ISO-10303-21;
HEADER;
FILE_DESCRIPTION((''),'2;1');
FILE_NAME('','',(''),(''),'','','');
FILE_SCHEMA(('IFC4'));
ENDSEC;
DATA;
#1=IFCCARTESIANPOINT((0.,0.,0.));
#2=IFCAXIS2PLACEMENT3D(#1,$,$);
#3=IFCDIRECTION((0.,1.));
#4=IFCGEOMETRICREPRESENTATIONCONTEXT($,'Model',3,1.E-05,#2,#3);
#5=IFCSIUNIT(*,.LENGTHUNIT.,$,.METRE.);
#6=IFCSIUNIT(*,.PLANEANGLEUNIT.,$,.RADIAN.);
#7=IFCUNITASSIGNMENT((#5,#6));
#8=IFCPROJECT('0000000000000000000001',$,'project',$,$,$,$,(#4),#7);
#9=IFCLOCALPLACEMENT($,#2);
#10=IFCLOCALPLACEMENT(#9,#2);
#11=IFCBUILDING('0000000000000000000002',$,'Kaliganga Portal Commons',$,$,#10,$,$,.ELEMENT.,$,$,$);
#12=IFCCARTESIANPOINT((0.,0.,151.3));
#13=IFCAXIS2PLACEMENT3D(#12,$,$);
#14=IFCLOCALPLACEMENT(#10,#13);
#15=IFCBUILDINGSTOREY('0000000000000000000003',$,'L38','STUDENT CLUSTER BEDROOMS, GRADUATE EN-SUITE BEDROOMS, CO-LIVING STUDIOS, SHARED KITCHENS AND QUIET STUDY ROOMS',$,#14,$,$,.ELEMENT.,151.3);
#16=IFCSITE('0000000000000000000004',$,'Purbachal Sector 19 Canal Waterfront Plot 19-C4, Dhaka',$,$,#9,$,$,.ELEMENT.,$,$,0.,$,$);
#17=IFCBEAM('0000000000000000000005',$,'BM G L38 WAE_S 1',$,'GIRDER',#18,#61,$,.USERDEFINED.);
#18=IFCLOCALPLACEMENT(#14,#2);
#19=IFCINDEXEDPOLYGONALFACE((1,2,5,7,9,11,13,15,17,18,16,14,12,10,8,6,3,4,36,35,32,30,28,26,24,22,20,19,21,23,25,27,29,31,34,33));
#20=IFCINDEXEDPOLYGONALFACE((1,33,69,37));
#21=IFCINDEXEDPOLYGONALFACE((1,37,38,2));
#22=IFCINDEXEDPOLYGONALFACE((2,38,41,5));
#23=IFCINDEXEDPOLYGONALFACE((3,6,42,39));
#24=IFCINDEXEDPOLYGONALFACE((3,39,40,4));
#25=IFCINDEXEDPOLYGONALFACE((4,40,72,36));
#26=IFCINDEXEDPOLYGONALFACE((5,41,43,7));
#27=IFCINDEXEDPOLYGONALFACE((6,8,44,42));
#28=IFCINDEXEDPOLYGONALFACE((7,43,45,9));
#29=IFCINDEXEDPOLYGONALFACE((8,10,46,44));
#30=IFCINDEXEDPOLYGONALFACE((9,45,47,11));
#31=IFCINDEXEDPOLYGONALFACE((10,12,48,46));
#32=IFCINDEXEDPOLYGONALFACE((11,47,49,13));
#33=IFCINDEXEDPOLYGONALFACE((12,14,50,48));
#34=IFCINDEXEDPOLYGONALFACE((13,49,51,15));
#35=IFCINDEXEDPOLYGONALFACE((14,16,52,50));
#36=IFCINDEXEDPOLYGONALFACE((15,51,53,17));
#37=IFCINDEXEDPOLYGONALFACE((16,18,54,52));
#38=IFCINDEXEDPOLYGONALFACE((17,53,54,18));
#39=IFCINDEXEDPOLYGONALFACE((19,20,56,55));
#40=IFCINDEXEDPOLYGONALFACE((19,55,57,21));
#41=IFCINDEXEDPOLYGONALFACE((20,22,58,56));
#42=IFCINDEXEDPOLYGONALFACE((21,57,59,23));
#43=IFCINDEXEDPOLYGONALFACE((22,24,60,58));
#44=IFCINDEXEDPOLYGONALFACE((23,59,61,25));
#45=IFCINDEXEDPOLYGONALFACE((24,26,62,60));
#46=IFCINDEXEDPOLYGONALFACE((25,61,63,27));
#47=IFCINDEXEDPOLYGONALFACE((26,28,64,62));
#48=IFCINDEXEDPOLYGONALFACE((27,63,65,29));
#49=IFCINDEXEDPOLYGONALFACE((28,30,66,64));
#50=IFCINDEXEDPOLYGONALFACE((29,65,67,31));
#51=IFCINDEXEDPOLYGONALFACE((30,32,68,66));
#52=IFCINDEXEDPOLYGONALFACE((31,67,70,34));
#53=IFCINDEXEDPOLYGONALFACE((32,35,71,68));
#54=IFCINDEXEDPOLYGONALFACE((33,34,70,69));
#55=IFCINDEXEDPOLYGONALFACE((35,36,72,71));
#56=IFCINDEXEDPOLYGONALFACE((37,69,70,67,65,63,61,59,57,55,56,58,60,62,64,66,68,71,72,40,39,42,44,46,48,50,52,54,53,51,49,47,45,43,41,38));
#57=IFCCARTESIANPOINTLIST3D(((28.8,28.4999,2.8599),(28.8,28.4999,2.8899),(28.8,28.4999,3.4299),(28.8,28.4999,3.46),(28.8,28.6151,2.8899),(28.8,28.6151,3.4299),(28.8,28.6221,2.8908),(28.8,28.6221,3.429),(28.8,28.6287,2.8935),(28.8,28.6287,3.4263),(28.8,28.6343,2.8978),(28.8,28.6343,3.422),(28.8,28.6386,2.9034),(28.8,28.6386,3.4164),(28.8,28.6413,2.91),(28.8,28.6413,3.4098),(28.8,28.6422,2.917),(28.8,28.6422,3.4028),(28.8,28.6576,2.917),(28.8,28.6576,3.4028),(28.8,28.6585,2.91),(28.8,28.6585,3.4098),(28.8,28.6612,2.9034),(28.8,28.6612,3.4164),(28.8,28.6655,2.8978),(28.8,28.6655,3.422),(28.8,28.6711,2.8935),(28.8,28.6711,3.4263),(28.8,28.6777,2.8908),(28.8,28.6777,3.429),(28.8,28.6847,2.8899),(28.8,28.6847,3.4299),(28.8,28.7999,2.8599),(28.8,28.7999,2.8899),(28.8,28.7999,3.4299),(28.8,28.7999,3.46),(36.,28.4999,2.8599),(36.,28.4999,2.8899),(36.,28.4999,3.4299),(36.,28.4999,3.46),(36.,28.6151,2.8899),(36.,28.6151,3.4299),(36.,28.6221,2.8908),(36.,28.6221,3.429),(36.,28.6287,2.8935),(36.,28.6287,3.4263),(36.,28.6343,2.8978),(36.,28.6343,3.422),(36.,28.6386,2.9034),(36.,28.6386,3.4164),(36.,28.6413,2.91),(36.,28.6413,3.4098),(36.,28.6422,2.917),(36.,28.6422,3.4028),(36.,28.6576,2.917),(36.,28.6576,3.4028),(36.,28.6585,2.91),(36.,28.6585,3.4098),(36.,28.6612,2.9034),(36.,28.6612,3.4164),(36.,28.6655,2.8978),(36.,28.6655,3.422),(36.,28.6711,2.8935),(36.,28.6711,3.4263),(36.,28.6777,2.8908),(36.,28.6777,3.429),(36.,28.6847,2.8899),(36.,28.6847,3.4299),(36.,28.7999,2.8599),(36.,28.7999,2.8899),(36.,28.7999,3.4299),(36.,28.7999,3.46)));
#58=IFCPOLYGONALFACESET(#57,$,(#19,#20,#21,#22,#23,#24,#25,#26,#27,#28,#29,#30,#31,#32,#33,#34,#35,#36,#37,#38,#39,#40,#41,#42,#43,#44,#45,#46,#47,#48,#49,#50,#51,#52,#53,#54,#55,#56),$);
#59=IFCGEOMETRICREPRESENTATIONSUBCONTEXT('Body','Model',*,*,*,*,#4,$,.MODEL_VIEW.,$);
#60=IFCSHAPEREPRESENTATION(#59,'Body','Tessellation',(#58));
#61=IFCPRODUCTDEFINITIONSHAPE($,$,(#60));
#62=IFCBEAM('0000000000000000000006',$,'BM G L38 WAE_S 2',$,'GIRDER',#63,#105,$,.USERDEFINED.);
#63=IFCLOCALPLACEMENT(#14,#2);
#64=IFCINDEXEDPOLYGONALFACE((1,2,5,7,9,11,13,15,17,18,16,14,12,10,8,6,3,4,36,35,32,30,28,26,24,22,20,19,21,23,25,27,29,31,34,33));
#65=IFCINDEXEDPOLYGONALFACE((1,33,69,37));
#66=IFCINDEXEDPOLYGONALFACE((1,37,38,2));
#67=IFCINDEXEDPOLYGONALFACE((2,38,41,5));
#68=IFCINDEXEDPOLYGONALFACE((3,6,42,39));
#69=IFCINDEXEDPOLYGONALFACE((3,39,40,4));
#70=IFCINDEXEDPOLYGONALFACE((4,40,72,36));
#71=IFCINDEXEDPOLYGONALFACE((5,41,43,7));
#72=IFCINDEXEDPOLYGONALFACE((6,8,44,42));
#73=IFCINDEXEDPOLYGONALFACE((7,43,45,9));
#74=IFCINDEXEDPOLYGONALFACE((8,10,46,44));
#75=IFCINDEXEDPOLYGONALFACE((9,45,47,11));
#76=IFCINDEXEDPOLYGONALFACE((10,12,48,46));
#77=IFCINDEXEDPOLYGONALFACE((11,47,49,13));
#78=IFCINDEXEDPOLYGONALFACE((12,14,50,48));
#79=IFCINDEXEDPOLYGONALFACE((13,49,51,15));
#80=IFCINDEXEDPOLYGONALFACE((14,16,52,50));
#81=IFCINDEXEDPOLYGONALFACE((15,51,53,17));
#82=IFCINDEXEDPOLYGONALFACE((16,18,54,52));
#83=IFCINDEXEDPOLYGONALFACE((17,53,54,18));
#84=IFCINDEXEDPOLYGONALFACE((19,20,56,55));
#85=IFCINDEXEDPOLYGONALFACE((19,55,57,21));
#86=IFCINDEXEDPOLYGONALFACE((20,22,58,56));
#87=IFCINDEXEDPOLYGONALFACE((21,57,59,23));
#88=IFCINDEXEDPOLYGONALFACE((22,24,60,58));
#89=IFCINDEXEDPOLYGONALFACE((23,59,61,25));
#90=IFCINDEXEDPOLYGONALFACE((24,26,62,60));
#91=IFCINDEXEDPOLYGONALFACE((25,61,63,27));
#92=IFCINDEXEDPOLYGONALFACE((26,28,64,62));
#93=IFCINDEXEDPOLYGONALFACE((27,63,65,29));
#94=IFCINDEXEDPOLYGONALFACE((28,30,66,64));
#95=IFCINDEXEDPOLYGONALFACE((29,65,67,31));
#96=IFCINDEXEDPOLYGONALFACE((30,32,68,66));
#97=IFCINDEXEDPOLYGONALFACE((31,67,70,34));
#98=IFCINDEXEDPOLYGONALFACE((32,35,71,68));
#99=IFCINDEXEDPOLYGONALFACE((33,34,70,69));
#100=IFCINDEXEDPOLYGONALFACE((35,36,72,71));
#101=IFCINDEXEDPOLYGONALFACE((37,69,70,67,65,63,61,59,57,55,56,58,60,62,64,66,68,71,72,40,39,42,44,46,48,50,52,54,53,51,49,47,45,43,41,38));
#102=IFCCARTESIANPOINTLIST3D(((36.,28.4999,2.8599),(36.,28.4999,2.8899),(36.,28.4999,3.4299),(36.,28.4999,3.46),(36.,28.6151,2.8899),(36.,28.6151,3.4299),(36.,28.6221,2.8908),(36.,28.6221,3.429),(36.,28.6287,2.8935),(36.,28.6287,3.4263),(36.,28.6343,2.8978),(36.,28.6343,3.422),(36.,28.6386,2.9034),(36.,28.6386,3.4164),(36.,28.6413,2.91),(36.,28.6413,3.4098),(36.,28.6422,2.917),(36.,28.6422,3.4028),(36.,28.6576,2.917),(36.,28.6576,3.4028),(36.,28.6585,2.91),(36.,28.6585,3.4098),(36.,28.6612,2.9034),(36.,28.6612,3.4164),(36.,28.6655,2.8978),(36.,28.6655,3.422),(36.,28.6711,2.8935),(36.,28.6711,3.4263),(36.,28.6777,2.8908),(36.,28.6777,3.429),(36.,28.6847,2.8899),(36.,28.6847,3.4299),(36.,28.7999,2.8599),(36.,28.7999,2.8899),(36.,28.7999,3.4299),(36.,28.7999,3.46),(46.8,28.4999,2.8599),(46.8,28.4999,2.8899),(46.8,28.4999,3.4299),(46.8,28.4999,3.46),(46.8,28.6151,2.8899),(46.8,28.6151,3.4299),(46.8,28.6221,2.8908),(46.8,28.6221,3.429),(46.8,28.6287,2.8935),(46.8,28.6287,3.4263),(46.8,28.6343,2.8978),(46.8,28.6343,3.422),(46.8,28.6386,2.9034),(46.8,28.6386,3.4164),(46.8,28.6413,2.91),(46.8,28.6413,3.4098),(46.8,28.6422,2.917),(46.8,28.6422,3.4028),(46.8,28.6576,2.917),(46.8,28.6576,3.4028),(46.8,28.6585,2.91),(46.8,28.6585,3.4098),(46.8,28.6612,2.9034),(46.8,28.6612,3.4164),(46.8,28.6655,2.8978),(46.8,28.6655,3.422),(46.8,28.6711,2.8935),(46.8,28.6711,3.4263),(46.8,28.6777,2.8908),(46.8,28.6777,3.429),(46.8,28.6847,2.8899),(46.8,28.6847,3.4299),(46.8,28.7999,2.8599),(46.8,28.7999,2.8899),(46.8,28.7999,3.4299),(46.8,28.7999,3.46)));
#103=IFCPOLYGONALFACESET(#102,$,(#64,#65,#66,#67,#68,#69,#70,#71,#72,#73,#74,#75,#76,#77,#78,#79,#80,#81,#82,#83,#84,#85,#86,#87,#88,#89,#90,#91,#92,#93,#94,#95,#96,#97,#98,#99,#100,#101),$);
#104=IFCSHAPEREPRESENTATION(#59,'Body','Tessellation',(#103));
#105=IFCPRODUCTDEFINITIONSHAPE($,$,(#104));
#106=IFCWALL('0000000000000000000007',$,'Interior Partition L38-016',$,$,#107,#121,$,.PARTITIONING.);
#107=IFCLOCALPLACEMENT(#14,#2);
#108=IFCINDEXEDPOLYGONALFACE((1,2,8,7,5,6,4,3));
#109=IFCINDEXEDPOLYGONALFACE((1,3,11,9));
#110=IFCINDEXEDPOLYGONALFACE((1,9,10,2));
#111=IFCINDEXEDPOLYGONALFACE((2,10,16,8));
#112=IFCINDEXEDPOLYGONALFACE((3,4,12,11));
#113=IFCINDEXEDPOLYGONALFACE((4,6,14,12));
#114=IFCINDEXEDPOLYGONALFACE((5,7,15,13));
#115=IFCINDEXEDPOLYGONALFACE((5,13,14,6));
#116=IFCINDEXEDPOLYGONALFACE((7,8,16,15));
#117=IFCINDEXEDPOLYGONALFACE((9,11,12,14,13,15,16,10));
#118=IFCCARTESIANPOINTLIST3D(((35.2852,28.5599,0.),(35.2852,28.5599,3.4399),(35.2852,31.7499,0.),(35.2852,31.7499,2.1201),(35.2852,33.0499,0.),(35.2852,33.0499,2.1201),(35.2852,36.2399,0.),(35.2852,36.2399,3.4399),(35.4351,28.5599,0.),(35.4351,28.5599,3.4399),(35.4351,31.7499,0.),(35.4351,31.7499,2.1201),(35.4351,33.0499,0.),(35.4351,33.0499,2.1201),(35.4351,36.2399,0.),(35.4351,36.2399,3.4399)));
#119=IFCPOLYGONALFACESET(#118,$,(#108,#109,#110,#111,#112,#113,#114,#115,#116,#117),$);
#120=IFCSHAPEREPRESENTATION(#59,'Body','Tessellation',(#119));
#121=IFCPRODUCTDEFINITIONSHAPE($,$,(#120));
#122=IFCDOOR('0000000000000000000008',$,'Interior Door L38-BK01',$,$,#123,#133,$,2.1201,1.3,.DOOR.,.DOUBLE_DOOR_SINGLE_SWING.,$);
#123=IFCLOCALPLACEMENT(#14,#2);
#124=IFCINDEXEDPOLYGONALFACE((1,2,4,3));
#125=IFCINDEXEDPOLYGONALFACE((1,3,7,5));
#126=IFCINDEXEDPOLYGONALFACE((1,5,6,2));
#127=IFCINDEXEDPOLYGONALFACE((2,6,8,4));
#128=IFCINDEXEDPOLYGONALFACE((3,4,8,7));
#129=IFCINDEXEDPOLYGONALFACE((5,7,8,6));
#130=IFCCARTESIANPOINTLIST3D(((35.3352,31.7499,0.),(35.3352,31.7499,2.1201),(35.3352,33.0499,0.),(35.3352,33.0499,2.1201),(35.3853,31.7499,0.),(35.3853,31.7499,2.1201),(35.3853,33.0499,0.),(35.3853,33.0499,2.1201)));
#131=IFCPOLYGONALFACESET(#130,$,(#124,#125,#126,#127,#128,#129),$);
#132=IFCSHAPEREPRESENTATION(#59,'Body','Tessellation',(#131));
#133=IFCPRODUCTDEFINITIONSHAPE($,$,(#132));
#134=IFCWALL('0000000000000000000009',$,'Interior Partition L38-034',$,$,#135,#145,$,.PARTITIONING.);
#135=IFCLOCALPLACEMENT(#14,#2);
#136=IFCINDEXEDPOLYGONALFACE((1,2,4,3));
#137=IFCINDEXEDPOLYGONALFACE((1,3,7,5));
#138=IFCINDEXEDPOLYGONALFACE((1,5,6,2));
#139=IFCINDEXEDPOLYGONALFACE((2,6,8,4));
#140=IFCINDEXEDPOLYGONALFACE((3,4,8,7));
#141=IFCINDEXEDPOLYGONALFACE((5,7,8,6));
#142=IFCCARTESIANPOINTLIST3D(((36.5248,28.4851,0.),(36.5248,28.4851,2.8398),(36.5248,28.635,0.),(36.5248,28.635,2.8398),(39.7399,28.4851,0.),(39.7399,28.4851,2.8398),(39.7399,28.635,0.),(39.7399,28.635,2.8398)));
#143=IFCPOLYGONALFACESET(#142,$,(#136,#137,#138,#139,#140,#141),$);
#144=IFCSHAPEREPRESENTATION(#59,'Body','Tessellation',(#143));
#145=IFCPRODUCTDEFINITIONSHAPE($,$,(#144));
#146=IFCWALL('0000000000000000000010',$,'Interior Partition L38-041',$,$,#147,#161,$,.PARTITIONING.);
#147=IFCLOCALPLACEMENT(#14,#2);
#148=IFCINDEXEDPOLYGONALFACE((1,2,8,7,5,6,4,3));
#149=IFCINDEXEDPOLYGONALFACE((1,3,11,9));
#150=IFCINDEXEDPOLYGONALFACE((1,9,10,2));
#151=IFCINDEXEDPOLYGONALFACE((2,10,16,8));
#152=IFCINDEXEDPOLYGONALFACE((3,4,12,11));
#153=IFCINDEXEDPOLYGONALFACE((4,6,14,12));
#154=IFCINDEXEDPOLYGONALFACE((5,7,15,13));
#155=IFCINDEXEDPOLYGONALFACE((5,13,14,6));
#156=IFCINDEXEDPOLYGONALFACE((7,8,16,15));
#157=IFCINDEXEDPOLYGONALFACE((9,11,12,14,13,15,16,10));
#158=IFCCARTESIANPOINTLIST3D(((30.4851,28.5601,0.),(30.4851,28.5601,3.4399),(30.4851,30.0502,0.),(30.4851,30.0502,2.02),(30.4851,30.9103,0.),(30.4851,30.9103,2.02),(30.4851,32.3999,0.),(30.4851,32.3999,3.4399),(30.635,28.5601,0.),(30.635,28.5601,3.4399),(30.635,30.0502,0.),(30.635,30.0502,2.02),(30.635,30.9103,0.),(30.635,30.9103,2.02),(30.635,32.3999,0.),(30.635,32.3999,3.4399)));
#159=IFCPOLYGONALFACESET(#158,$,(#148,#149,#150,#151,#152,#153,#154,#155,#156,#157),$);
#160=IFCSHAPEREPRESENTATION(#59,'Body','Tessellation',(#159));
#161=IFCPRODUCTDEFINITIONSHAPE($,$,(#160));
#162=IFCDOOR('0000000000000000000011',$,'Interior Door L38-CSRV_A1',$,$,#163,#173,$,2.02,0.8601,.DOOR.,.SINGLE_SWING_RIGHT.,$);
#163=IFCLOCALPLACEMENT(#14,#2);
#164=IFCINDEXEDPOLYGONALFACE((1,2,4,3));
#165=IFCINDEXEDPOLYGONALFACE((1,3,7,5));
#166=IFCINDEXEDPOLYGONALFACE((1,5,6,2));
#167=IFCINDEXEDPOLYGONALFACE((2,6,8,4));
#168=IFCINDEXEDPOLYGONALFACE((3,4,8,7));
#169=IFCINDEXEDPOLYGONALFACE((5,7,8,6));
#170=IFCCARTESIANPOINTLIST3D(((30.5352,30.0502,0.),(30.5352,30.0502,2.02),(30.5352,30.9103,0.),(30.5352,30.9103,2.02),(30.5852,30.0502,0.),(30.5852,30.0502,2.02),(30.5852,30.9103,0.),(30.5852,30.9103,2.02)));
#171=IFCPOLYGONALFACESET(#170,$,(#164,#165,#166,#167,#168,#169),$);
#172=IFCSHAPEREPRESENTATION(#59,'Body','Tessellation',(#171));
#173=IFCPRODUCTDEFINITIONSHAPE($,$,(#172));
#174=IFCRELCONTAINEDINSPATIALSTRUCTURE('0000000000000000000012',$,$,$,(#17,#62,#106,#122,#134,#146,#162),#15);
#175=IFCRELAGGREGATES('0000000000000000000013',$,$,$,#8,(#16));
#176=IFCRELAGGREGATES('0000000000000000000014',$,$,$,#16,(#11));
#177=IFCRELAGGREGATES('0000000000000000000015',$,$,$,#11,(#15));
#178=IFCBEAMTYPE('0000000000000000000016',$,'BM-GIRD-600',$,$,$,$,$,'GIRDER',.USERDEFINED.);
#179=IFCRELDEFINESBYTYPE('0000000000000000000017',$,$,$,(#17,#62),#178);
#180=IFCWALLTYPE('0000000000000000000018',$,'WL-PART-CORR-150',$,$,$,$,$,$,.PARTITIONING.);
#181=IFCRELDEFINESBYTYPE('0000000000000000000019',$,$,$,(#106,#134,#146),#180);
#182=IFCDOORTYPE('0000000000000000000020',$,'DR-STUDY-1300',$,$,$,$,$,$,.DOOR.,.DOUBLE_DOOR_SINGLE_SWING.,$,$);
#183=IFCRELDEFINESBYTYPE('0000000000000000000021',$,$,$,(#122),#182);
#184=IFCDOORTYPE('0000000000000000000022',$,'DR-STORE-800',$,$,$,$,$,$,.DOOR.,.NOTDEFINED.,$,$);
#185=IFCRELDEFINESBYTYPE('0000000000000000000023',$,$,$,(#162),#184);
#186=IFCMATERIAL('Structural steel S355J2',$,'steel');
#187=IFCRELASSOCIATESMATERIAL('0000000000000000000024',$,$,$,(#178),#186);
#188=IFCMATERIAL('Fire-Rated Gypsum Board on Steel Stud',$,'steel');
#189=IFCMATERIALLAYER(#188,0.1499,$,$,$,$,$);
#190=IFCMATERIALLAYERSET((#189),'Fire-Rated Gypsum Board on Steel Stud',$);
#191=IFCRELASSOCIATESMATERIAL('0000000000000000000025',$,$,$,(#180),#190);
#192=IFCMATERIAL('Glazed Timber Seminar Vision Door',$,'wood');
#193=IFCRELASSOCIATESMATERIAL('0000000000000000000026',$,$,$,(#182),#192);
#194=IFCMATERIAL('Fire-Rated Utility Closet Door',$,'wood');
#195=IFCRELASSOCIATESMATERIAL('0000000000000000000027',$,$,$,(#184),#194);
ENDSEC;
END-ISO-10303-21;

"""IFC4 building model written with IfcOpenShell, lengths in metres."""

from ifc_helpers import new_model, si_unit, direction, frame, frame_2d, origin, origin_2d, place, context, subcontext, project, spatial, rectangle, i_section, extrude, source, transform, mapped, material, layer, layer_set, material_profile, profile_set, type_object, element, fill, save


model = new_model("IFC4")

# Units and contexts
model_context = context("Model", 3, precision=1e-05, world=origin(), true_north=direction((0.0, 1.0)))
body_context = subcontext(model_context, "Body", "Model", "MODEL_VIEW")
ifc_project = project(units=[si_unit("LENGTHUNIT", "METRE"), si_unit("PLANEANGLEUNIT", "RADIAN")], contexts=[model_context])

# Site, building, storey
site_placement = place(None, origin())
site = spatial("IfcSite", under=ifc_project, at=site_placement, Name="Purbachal Sector 19 Canal Waterfront Plot 19-C4, Dhaka", CompositionType="ELEMENT", RefElevation=0.0)
building_placement = place(site_placement, origin())
building = spatial("IfcBuilding", under=site, at=building_placement, Name="Kaliganga Portal Commons", CompositionType="ELEMENT")
storey_placement = place(building_placement, frame((0.0, 0.0, 151.3)))
storey = spatial("IfcBuildingStorey", under=building, at=storey_placement, Name="L38", Description="STUDENT CLUSTER BEDROOMS, GRADUATE EN-SUITE BEDROOMS, CO-LIVING STUDIOS, SHARED KITCHENS AND QUIET STUDY ROOMS", CompositionType="ELEMENT", Elevation=151.3)

# Beams
ifc_material_1 = material(Name="Structural steel S355J2", Category="steel")
ifc_material_profile_1 = material_profile(ifc_material_1, i_section(OverallWidth=0.3, OverallDepth=0.6001, WebThickness=0.0154, FlangeThickness=0.03, FilletRadius=0.0271, at=origin_2d()), Name="HE 600 B")
ifc_profile_set_1 = profile_set([ifc_material_profile_1], Name="Structural steel S355J2 wide-flange")
beam_type_1 = type_object("IfcBeamType", Name="BM-GIRD-600", ElementType="GIRDER", PredefinedType="USERDEFINED", material=ifc_profile_set_1)
shared_shape_1 = source(origin(), body_context, "Body", "SweptSolid", [
    extrude(i_section(OverallWidth=0.3, OverallDepth=0.6001, WebThickness=0.0154, FlangeThickness=0.03, FilletRadius=0.0271, at=origin_2d()), origin(), (0.0, 0.0, 1.0), 7.2),
])
beam_1_placement = place(storey_placement, frame((28.8, 28.6499, 3.1599), z_axis=(1.0, 0.0, 0.0), x_axis=(0.0, 1.0, 0.0)))
element("IfcBeam", 1, at=beam_1_placement, inside=storey, type_object=beam_type_1, Name="BM G L38 WAE_S 1", ObjectType="GIRDER", PredefinedType="USERDEFINED", context=body_context, shape_type="MappedRepresentation", body=[
    mapped(shared_shape_1, transform((0.0, 0.0, 0.0), x_axis=(1.0, 0.0, 0.0), y_axis=(0.0, 1.0, 0.0), z_axis=(0.0, 0.0, 1.0), scale=1.0)),
])
shared_shape_2 = source(origin(), body_context, "Body", "SweptSolid", [
    extrude(i_section(OverallWidth=0.3, OverallDepth=0.6001, WebThickness=0.0154, FlangeThickness=0.03, FilletRadius=0.0271, at=origin_2d()), origin(), (0.0, 0.0, 1.0), 10.8),
])
beam_2_placement = place(storey_placement, frame((36.0, 28.6499, 3.1599), z_axis=(1.0, 0.0, 0.0), x_axis=(0.0, 1.0, 0.0)))
element("IfcBeam", 2, at=beam_2_placement, inside=storey, type_object=beam_type_1, Name="BM G L38 WAE_S 2", ObjectType="GIRDER", PredefinedType="USERDEFINED", context=body_context, shape_type="MappedRepresentation", body=[
    mapped(shared_shape_2, transform((0.0, 0.0, 0.0), x_axis=(1.0, 0.0, 0.0), y_axis=(0.0, 1.0, 0.0), z_axis=(0.0, 0.0, 1.0), scale=1.0)),
])

# Wall, opening, door
ifc_material_2 = material(Name="Fire-Rated Gypsum Board on Steel Stud", Category="steel")
ifc_layer_1 = layer(ifc_material_2, 0.1499)
ifc_layer_set_1 = layer_set([ifc_layer_1], Name="Fire-Rated Gypsum Board on Steel Stud")
wall_type_1 = type_object("IfcWallType", Name="WL-PART-CORR-150", PredefinedType="PARTITIONING", material=ifc_layer_set_1)
wall_1_placement = place(storey_placement, frame((35.3601, 28.5601, 0.0), z_axis=(0.0, 0.0, 1.0), x_axis=(0.0, 1.0, 0.0)))
wall_1 = element("IfcWall", 3, at=wall_1_placement, inside=storey, type_object=wall_type_1, Name="Interior Partition L38-016", PredefinedType="PARTITIONING", context=body_context, shape_type="SweptSolid", body=[
    extrude(rectangle(XDim=7.6799, YDim=0.1499, at=frame_2d((3.8398, 0.0))), origin(), (0.0, 0.0, 1.0), 3.4399),
])
opening_1_placement = place(wall_1_placement, frame((3.1899, 0.0, 0.0)))
opening_1 = element("IfcOpeningElement", 4, at=opening_1_placement, cuts=wall_1, PredefinedType="OPENING", context=body_context, shape_type="SweptSolid", body=[
    extrude(rectangle(XDim=1.3, YDim=2.1201, at=frame_2d((0.6499, 1.0601))), frame((0.0, 0.085, 0.0), z_axis=(0.0, -1.0, 0.0), x_axis=(1.0, 0.0, 0.0)), (0.0, 0.0, 1.0), 0.1699),
])
ifc_material_3 = material(Name="Glazed Timber Seminar Vision Door", Category="wood")
door_type_1 = type_object("IfcDoorType", Name="DR-STUDY-1300", OperationType="DOUBLE_DOOR_SINGLE_SWING", PredefinedType="DOOR", material=ifc_material_3)
door_1_placement = place(opening_1_placement, origin())
door_1 = element("IfcDoor", 5, at=door_1_placement, inside=storey, type_object=door_type_1, Name="Interior Door L38-BK01", OperationType="DOUBLE_DOOR_SINGLE_SWING", OverallHeight=2.1201, OverallWidth=1.3, PredefinedType="DOOR", context=body_context, shape_type="SweptSolid", body=[
    extrude(rectangle(XDim=1.3, YDim=2.1201, at=frame_2d((0.6499, 1.0601))), frame((0.0, 0.0249, 0.0), z_axis=(0.0, -1.0, 0.0), x_axis=(1.0, 0.0, 0.0)), (0.0, 0.0, 1.0), 0.05),
])
fill(opening_1, door_1)

# Wall
wall_2_placement = place(storey_placement, frame((36.5249, 28.5601, 0.0), z_axis=(0.0, 0.0, 1.0), x_axis=(1.0, 0.0, 0.0)))
element("IfcWall", 6, at=wall_2_placement, inside=storey, type_object=wall_type_1, Name="Interior Partition L38-034", PredefinedType="PARTITIONING", context=body_context, shape_type="SweptSolid", body=[
    extrude(rectangle(XDim=3.2151, YDim=0.1499, at=frame_2d((1.6074, 0.0))), origin(), (0.0, 0.0, 1.0), 2.8398),
])

# Wall, opening, door
wall_3_placement = place(storey_placement, frame((30.5601, 28.5601, 0.0), z_axis=(0.0, 0.0, 1.0), x_axis=(0.0, 1.0, 0.0)))
wall_3 = element("IfcWall", 7, at=wall_3_placement, inside=storey, type_object=wall_type_1, Name="Interior Partition L38-041", PredefinedType="PARTITIONING", context=body_context, shape_type="SweptSolid", body=[
    extrude(rectangle(XDim=3.8398, YDim=0.1499, at=frame_2d((1.9199, 0.0))), origin(), (0.0, 0.0, 1.0), 3.4399),
])
opening_2_placement = place(wall_3_placement, frame((1.49, 0.0, 0.0)))
opening_2 = element("IfcOpeningElement", 8, at=opening_2_placement, cuts=wall_3, PredefinedType="OPENING", context=body_context, shape_type="SweptSolid", body=[
    extrude(rectangle(XDim=0.8601, YDim=2.02, at=frame_2d((0.4302, 1.01))), frame((0.0, 0.085, 0.0), z_axis=(0.0, -1.0, 0.0), x_axis=(1.0, 0.0, 0.0)), (0.0, 0.0, 1.0), 0.1699),
])
ifc_material_4 = material(Name="Fire-Rated Utility Closet Door", Category="wood")
door_type_2 = type_object("IfcDoorType", Name="DR-STORE-800", OperationType="NOTDEFINED", PredefinedType="DOOR", material=ifc_material_4)
door_2_placement = place(opening_2_placement, origin())
door_2 = element("IfcDoor", 9, at=door_2_placement, inside=storey, type_object=door_type_2, Name="Interior Door L38-CSRV_A1", OperationType="SINGLE_SWING_RIGHT", OverallHeight=2.02, OverallWidth=0.8601, PredefinedType="DOOR", context=body_context, shape_type="SweptSolid", body=[
    extrude(rectangle(XDim=0.8601, YDim=2.02, at=frame_2d((0.4302, 1.01))), frame((0.0, 0.0249, 0.0), z_axis=(0.0, -1.0, 0.0), x_axis=(1.0, 0.0, 0.0)), (0.0, 0.0, 1.0), 0.05),
])
fill(opening_2, door_2)

save(model, "model.ifc")
